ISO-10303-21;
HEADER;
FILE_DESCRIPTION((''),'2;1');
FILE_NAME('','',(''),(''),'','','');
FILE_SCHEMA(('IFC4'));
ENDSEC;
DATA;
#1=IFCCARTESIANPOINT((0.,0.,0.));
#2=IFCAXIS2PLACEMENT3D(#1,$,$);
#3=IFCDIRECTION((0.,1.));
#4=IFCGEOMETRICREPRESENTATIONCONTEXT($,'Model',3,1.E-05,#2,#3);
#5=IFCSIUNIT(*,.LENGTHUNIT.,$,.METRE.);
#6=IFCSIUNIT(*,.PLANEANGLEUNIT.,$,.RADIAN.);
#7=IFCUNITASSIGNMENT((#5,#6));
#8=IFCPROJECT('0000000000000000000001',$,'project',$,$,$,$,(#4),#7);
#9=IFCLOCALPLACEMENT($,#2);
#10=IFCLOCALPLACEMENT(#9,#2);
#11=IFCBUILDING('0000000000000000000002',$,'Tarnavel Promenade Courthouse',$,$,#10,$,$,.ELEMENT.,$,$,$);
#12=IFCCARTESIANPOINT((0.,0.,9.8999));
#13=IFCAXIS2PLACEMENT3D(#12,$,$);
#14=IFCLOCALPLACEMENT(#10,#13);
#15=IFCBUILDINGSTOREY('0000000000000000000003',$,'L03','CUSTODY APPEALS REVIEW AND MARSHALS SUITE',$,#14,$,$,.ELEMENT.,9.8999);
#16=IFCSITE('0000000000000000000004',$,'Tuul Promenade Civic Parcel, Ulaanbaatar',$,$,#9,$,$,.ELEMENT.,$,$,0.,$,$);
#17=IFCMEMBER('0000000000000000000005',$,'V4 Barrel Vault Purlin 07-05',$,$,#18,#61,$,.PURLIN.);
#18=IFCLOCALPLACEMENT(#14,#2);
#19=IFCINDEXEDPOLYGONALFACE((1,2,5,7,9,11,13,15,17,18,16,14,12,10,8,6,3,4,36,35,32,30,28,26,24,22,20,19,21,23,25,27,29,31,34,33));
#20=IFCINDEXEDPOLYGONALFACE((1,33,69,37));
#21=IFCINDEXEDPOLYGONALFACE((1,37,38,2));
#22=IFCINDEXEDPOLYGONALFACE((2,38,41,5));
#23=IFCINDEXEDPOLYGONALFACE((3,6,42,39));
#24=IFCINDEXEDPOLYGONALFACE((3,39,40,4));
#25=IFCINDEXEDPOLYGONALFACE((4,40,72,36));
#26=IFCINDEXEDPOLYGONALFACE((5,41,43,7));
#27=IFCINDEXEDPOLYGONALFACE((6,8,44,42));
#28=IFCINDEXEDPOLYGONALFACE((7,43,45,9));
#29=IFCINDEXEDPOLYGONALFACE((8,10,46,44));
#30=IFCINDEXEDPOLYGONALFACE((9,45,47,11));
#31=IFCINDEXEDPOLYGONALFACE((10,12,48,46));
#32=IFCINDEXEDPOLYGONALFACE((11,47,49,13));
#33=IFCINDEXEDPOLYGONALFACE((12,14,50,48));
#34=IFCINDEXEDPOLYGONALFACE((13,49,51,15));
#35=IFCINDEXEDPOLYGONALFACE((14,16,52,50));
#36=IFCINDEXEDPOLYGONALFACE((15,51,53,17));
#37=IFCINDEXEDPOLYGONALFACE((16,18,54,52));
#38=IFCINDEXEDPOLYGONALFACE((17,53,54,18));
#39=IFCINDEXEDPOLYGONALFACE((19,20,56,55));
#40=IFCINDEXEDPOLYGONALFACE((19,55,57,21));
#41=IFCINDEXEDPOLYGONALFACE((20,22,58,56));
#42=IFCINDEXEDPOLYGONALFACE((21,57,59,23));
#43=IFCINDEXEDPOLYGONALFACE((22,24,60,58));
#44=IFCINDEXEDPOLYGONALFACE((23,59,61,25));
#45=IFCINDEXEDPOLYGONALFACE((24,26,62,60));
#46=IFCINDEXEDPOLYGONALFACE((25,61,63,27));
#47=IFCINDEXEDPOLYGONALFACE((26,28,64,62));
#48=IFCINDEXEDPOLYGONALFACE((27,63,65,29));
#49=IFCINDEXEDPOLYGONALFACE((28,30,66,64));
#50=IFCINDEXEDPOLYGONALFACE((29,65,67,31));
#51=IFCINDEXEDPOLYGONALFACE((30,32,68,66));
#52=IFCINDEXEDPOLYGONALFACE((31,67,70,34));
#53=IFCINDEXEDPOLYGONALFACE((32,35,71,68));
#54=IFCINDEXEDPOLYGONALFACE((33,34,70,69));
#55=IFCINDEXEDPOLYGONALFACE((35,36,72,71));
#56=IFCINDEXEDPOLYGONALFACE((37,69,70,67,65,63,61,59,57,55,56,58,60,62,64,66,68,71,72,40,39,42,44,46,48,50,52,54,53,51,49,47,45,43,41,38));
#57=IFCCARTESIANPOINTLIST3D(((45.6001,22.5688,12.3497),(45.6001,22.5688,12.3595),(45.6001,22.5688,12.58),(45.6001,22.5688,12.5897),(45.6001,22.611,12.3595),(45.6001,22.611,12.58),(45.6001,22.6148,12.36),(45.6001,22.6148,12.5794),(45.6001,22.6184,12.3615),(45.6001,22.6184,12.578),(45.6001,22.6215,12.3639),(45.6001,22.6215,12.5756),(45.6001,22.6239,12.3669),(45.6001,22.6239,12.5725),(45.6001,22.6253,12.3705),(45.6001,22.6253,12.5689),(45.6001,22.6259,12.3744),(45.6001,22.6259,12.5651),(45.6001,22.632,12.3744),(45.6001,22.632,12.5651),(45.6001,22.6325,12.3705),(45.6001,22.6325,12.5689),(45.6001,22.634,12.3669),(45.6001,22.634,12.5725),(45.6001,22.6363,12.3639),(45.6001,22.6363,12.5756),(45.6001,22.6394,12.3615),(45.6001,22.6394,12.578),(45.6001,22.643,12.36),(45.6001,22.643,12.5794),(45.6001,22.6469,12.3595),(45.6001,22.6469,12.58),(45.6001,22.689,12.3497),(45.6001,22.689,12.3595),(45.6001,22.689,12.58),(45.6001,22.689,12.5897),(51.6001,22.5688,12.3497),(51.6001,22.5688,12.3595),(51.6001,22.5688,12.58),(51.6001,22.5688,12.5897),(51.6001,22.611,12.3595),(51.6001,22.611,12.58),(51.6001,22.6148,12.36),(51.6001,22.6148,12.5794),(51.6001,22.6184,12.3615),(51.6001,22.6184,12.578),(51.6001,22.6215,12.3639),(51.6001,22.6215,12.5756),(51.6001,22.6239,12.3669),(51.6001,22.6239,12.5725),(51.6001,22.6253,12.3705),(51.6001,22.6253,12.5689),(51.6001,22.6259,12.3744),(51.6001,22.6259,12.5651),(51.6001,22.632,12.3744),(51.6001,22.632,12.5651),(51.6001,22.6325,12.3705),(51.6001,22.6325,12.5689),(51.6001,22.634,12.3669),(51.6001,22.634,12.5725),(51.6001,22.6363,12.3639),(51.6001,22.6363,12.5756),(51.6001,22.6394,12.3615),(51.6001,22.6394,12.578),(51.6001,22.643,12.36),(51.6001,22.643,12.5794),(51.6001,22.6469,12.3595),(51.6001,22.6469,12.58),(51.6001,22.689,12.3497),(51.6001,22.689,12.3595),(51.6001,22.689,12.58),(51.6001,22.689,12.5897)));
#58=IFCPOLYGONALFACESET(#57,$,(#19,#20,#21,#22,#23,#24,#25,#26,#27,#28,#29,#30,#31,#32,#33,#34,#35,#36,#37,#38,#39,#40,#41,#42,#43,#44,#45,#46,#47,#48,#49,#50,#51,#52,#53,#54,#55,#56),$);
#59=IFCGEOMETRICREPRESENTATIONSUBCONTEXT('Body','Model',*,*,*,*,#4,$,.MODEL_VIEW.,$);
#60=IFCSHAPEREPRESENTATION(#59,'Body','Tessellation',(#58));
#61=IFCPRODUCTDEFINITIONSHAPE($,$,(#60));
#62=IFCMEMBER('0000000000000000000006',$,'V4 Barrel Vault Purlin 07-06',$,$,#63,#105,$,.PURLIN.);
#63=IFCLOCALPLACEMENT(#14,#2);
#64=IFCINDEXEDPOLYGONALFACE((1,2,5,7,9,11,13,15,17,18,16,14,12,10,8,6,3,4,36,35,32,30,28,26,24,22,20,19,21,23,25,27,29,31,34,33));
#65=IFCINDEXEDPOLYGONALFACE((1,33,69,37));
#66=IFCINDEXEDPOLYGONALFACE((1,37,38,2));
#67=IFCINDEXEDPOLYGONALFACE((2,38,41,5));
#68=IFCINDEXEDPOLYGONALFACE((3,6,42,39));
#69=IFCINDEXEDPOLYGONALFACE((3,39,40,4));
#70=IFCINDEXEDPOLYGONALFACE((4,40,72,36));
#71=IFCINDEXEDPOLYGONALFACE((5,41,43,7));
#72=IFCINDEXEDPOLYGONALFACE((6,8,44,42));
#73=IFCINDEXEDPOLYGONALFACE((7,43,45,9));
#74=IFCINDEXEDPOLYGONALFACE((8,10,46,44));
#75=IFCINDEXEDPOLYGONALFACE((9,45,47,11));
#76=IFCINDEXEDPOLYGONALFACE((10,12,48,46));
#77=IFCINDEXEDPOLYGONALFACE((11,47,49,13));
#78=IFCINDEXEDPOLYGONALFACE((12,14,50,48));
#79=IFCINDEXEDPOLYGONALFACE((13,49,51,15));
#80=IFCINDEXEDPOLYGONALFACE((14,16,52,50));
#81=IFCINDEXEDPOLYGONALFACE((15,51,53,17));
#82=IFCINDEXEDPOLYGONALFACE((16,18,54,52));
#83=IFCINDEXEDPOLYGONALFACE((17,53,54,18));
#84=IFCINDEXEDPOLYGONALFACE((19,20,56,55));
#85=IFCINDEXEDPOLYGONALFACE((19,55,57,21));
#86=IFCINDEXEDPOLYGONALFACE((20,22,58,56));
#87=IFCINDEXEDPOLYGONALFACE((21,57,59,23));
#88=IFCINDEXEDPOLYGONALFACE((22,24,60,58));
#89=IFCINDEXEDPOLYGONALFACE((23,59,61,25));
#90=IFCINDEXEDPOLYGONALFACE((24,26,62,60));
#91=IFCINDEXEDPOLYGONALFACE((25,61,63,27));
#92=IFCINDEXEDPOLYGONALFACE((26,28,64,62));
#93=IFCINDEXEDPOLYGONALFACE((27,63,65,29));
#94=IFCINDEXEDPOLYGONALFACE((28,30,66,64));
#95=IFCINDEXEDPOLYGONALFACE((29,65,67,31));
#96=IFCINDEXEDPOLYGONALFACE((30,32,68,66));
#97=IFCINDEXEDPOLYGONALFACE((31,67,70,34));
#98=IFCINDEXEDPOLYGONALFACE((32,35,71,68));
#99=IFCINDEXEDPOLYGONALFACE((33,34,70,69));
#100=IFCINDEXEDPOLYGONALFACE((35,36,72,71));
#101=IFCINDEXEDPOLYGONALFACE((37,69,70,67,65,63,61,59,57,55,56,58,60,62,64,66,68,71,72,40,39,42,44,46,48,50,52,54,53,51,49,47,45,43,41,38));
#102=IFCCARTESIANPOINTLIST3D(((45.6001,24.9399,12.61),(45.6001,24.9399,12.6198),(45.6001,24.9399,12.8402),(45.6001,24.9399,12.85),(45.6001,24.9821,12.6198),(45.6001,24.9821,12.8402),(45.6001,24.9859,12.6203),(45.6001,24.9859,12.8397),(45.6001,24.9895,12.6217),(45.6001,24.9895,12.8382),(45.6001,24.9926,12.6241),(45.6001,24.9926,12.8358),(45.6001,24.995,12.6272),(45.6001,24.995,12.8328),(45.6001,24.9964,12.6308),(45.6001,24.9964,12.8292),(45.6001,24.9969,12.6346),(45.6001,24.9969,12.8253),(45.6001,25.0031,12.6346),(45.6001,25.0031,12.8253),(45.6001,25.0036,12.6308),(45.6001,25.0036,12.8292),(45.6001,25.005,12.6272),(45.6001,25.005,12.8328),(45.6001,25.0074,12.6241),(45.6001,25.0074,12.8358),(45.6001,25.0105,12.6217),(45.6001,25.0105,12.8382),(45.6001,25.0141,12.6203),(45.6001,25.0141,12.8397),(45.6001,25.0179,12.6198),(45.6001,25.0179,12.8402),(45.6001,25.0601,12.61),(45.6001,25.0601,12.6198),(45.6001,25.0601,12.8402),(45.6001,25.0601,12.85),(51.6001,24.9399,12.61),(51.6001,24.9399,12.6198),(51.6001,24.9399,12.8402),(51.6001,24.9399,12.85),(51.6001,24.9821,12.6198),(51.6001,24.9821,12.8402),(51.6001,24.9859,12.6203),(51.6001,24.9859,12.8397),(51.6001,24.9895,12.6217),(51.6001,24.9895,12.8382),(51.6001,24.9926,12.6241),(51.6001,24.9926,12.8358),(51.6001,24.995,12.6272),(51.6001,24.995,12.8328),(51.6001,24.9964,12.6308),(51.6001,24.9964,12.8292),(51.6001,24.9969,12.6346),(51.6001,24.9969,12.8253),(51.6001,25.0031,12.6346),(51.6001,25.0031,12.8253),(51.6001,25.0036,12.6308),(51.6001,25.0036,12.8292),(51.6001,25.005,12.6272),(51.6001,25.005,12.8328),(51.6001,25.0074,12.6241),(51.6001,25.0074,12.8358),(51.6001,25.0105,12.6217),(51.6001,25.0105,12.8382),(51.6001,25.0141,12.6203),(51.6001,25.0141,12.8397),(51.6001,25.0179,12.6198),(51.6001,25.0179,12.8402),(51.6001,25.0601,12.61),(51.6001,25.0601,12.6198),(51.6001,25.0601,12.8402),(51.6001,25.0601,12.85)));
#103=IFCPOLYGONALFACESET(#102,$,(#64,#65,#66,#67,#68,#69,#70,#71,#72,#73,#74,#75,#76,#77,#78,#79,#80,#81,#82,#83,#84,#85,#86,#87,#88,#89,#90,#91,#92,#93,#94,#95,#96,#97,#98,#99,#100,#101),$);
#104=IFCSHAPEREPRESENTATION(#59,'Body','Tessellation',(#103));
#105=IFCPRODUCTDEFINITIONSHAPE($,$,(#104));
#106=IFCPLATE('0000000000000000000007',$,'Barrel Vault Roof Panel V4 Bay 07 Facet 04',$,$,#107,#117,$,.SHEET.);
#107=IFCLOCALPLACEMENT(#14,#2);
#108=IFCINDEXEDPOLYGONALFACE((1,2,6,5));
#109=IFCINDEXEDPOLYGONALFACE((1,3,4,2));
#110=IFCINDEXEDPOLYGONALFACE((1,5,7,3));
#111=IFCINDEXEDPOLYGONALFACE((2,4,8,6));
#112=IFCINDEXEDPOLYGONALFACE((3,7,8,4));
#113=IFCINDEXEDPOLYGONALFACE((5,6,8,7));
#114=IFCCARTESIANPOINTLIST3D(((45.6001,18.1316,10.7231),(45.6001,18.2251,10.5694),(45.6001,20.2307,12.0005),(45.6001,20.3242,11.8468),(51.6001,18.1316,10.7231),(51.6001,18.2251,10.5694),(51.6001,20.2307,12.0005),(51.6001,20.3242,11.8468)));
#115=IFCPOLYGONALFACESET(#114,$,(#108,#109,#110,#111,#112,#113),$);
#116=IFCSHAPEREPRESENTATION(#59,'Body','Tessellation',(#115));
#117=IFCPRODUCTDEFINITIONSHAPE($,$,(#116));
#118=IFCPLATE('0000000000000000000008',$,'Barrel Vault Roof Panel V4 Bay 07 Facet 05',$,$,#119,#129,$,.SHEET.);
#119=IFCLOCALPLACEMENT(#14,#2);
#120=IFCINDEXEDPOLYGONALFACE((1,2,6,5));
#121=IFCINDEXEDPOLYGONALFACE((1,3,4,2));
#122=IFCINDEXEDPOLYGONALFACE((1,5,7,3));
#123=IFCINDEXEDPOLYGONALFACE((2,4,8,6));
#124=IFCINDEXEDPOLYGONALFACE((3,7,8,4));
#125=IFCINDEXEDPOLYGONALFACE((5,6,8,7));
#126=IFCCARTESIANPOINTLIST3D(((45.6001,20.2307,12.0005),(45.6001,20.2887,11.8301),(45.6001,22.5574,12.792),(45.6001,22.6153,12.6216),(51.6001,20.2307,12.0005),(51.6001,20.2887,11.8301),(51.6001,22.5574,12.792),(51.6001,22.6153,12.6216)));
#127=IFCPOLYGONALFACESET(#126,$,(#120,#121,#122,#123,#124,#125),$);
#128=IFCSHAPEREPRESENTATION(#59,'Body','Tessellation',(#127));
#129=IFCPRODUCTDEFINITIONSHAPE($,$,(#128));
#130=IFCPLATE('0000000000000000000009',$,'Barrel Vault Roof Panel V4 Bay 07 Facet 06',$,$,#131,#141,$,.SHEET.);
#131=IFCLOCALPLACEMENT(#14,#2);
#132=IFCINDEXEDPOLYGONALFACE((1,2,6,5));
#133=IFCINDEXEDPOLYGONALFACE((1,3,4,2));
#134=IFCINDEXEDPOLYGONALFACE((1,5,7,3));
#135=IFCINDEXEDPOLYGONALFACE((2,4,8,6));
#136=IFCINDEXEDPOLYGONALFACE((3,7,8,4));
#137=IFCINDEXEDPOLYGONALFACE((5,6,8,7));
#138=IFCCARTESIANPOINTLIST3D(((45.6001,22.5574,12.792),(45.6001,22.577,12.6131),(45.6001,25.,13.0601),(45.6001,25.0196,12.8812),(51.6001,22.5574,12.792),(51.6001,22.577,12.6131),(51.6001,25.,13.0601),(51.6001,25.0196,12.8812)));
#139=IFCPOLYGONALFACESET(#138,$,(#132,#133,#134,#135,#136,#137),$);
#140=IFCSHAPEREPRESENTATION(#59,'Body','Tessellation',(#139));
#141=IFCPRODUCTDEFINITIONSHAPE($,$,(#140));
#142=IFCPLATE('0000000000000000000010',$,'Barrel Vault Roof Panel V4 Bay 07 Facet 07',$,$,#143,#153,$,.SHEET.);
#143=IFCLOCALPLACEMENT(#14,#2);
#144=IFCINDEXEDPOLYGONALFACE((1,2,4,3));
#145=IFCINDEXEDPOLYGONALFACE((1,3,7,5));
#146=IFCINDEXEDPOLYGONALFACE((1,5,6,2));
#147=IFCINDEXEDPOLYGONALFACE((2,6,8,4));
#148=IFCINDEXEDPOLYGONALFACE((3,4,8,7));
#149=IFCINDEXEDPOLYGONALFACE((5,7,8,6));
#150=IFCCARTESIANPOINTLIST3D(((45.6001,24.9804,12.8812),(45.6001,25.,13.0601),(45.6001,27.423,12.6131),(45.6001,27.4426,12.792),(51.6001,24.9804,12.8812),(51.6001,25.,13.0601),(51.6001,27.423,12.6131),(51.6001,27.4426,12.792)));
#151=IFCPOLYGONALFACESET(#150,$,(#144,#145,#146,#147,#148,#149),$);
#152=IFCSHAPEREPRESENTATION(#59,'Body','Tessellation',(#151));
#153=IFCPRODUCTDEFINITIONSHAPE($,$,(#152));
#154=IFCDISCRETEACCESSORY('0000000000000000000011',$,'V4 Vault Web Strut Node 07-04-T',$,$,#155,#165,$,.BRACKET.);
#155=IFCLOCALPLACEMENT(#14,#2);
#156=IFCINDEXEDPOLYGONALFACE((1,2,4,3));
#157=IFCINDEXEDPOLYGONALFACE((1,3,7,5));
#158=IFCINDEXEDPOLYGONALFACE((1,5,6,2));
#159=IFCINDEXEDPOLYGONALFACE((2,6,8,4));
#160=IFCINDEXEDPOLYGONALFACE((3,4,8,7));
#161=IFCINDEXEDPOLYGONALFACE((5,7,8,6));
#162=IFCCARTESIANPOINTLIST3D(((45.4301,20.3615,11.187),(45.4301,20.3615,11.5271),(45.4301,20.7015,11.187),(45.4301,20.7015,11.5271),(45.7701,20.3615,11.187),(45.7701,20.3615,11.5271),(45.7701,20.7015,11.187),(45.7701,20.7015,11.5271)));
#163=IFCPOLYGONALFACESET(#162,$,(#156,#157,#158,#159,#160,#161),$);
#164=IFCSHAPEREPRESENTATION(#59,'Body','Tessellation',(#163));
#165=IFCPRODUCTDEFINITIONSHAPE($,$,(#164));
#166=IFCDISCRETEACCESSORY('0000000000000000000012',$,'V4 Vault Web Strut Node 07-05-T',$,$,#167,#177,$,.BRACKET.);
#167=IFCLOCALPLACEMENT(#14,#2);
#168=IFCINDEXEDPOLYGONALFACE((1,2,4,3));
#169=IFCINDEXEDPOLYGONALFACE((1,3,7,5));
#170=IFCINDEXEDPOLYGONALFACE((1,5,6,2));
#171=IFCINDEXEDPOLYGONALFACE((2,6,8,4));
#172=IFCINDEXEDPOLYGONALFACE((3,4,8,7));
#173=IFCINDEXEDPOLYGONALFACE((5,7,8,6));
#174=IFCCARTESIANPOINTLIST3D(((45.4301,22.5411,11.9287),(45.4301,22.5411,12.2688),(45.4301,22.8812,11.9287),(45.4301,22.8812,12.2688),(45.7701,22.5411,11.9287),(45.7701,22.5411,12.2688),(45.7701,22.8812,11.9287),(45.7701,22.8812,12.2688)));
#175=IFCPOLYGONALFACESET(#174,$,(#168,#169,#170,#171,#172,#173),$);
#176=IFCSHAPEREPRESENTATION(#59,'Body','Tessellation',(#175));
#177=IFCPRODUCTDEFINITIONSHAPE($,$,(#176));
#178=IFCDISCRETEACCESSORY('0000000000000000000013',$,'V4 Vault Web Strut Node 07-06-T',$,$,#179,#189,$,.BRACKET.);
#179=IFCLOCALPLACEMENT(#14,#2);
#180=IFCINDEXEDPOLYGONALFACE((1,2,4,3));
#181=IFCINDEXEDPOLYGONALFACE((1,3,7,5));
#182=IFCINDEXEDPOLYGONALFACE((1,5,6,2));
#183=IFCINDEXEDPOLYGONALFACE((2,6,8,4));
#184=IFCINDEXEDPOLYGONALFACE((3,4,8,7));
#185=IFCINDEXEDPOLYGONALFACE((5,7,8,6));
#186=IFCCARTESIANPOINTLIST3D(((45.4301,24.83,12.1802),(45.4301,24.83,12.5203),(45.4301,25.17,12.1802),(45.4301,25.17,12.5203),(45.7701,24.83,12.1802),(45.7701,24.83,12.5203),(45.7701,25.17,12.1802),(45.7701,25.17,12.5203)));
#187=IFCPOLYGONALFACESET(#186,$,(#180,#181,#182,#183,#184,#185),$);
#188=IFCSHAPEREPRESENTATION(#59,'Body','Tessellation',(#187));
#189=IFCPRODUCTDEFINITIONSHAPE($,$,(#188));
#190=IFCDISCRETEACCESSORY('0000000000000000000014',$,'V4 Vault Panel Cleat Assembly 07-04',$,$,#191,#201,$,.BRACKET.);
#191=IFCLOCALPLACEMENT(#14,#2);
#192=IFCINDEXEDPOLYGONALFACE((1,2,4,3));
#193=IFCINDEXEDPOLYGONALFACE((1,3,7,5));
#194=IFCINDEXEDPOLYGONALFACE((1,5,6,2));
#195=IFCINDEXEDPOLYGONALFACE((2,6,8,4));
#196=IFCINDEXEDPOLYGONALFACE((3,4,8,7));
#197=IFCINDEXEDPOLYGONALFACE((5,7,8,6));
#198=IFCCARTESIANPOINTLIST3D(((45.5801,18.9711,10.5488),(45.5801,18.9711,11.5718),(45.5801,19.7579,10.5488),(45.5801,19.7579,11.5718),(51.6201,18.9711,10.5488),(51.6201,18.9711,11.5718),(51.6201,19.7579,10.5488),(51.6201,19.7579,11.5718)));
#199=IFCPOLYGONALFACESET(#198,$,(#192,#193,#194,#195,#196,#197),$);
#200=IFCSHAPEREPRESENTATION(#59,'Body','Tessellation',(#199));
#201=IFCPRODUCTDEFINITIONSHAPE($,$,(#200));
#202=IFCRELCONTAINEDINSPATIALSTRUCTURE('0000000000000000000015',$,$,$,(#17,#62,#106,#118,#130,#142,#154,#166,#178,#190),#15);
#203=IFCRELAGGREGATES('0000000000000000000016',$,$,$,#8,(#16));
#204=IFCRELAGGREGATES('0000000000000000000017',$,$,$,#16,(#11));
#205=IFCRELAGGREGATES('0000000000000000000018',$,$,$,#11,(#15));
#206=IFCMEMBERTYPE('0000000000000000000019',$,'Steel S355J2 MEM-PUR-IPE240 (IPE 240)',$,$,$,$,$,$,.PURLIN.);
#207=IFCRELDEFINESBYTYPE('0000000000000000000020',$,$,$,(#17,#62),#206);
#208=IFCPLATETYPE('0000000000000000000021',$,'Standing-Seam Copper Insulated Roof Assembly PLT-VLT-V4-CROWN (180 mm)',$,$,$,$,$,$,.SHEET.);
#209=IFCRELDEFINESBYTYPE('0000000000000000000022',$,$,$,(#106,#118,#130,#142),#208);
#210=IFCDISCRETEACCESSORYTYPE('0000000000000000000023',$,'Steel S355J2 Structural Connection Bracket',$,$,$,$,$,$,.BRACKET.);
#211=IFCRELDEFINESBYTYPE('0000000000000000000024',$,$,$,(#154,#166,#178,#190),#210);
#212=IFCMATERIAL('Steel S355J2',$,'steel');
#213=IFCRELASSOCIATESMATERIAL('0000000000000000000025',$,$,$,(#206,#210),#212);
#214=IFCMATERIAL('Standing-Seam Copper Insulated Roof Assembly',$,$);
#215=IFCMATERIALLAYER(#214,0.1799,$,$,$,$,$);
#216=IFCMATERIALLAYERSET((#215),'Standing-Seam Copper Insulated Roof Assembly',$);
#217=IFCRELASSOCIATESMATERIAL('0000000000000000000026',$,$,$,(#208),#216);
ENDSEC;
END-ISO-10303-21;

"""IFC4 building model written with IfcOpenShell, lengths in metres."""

from ifc_helpers import new_model, si_unit, direction, frame, origin, origin_2d, place, context, subcontext, project, spatial, polyline, rectangle, i_section, outline, extrude, material, layer, layer_set, material_profile, profile_set, type_object, element, save


model = new_model("IFC4")

# Units and contexts
model_context = context("Model", 3, precision=1e-05, world=origin(), true_north=direction((0.0, 1.0)))
body_context = subcontext(model_context, "Body", "Model", "MODEL_VIEW")
ifc_project = project(units=[si_unit("LENGTHUNIT", "METRE"), si_unit("PLANEANGLEUNIT", "RADIAN")], contexts=[model_context])

# Site, building, storey
site_placement = place(None, origin())
site = spatial("IfcSite", under=ifc_project, at=site_placement, Name="Tuul Promenade Civic Parcel, Ulaanbaatar", CompositionType="ELEMENT", RefElevation=0.0)
building_placement = place(site_placement, origin())
building = spatial("IfcBuilding", under=site, at=building_placement, Name="Tarnavel Promenade Courthouse", CompositionType="ELEMENT")
storey_placement = place(building_placement, frame((0.0, 0.0, 9.8999)))
storey = spatial("IfcBuildingStorey", under=building, at=storey_placement, Name="L03", Description="CUSTODY APPEALS REVIEW AND MARSHALS SUITE", CompositionType="ELEMENT", Elevation=9.8999)

# Shared definitions
ifc_material_1 = material(Name="Steel S355J2", Category="steel")

# Members
ifc_material_profile_1 = material_profile(ifc_material_1, i_section(OverallWidth=0.1201, OverallDepth=0.24, WebThickness=0.0061, FlangeThickness=0.0098, FilletRadius=0.0149, at=origin_2d()), Name="IPE 240")
ifc_profile_set_1 = profile_set([ifc_material_profile_1], Name="Steel S355J2")
member_type_1 = type_object("IfcMemberType", Name="Steel S355J2 MEM-PUR-IPE240 (IPE 240)", PredefinedType="PURLIN", material=ifc_profile_set_1)
for number, where, z_axis, x_axis, name in (
    (1, (45.6001, 22.6289, 12.4697), (1.0, 0.0, 0.0), (0.0, 1.0, 0.0), "V4 Barrel Vault Purlin 07-05"),
    (2, (45.6001, 25.0, 12.73), (1.0, 0.0, 0.0), (0.0, 1.0, 0.0), "V4 Barrel Vault Purlin 07-06"),
):
    element("IfcMember", number, at=place(storey_placement, frame(where, z_axis=z_axis, x_axis=x_axis)), inside=storey, type_object=member_type_1, Name=name, PredefinedType="PURLIN", context=body_context, shape_type="SweptSolid", body=[
        extrude(i_section(OverallWidth=0.1201, OverallDepth=0.24, WebThickness=0.0061, FlangeThickness=0.0098, FilletRadius=0.0149, at=origin_2d()), origin(), (0.0, 0.0, 1.0), 6.0),
    ])

# Plates
ifc_material_2 = material(Name="Standing-Seam Copper Insulated Roof Assembly")
ifc_layer = layer(ifc_material_2, 0.1799)
ifc_layer_set = layer_set([ifc_layer], Name="Standing-Seam Copper Insulated Roof Assembly")
plate_type = type_object("IfcPlateType", Name="Standing-Seam Copper Insulated Roof Assembly PLT-VLT-V4-CROWN (180 mm)", PredefinedType="SHEET", material=ifc_layer_set)
plate_1_placement = place(storey_placement, frame((45.6001, 18.1316, 10.7231), z_axis=(0.0, -0.519833, 0.854268), x_axis=(1.0, 0.0, 0.0)))
element("IfcPlate", 3, at=plate_1_placement, inside=storey, type_object=plate_type, Name="Barrel Vault Roof Panel V4 Bay 07 Facet 04", PredefinedType="SHEET", context=body_context, shape_type="SweptSolid", body=[
    extrude(outline(polyline([(0.0, 0.0), (6.0, 0.0), (6.0, 2.4572), (0.0, 2.4572), (0.0, 0.0)])), origin(), (0.0, 0.0, -1.0), 0.1799),
])
plate_2_placement = place(storey_placement, frame((45.6001, 20.2307, 12.0005), z_axis=(0.0, -0.322063, 0.946718), x_axis=(1.0, 0.0, 0.0)))
element("IfcPlate", 4, at=plate_2_placement, inside=storey, type_object=plate_type, Name="Barrel Vault Roof Panel V4 Bay 07 Facet 05", PredefinedType="SHEET", context=body_context, shape_type="SweptSolid", body=[
    extrude(outline(polyline([(0.0, 0.0), (6.0, 0.0), (6.0, 2.4576), (0.0, 2.4576), (0.0, 0.0)])), origin(), (0.0, 0.0, -1.0), 0.1799),
])
for number, where, z_axis, x_axis, name in (
    (5, (45.6001, 22.5574, 12.792), (0.0, -0.10909, 0.994032), (1.0, 0.0, 0.0), "Barrel Vault Roof Panel V4 Bay 07 Facet 06"),
    (6, (45.6001, 25.0, 13.0601), (0.0, 0.10909, 0.994032), (1.0, 0.0, 0.0), "Barrel Vault Roof Panel V4 Bay 07 Facet 07"),
):
    element("IfcPlate", number, at=place(storey_placement, frame(where, z_axis=z_axis, x_axis=x_axis)), inside=storey, type_object=plate_type, Name=name, PredefinedType="SHEET", context=body_context, shape_type="SweptSolid", body=[
        extrude(outline(polyline([(0.0, 0.0), (6.0, 0.0), (6.0, 2.4573), (0.0, 2.4573), (0.0, 0.0)])), origin(), (0.0, 0.0, -1.0), 0.1799),
    ])

# Discrete accessories
discrete_accessory_type = type_object("IfcDiscreteAccessoryType", Name="Steel S355J2 Structural Connection Bracket", PredefinedType="BRACKET", material=ifc_material_1)
for number, where, z_axis, x_axis, name in (
    (7, (45.6001, 20.5315, 11.187), (0.0, 0.0, 1.0), (1.0, 0.0, 0.0), "V4 Vault Web Strut Node 07-04-T"),
    (8, (45.6001, 22.7112, 11.9287), (0.0, 0.0, 1.0), (1.0, 0.0, 0.0), "V4 Vault Web Strut Node 07-05-T"),
    (9, (45.6001, 25.0, 12.1802), (0.0, 0.0, 1.0), (1.0, 0.0, 0.0), "V4 Vault Web Strut Node 07-06-T"),
):
    element("IfcDiscreteAccessory", number, at=place(storey_placement, frame(where, z_axis=z_axis, x_axis=x_axis)), inside=storey, type_object=discrete_accessory_type, Name=name, PredefinedType="BRACKET", context=body_context, shape_type="SweptSolid", body=[
        extrude(rectangle(XDim=0.3401, YDim=0.3401, at=origin_2d()), origin(), (0.0, 0.0, 1.0), 0.3401),
    ])
discrete_accessory_1_placement = place(storey_placement, frame((48.6001, 19.3645, 10.5488), z_axis=(0.0, 0.0, 1.0), x_axis=(1.0, 0.0, 0.0)))
element("IfcDiscreteAccessory", 10, at=discrete_accessory_1_placement, inside=storey, type_object=discrete_accessory_type, Name="V4 Vault Panel Cleat Assembly 07-04", PredefinedType="BRACKET", context=body_context, shape_type="SweptSolid", body=[
    extrude(rectangle(XDim=6.04, YDim=0.7869, at=origin_2d()), origin(), (0.0, 0.0, 1.0), 1.0229),
])

save(model, "model.ifc")
